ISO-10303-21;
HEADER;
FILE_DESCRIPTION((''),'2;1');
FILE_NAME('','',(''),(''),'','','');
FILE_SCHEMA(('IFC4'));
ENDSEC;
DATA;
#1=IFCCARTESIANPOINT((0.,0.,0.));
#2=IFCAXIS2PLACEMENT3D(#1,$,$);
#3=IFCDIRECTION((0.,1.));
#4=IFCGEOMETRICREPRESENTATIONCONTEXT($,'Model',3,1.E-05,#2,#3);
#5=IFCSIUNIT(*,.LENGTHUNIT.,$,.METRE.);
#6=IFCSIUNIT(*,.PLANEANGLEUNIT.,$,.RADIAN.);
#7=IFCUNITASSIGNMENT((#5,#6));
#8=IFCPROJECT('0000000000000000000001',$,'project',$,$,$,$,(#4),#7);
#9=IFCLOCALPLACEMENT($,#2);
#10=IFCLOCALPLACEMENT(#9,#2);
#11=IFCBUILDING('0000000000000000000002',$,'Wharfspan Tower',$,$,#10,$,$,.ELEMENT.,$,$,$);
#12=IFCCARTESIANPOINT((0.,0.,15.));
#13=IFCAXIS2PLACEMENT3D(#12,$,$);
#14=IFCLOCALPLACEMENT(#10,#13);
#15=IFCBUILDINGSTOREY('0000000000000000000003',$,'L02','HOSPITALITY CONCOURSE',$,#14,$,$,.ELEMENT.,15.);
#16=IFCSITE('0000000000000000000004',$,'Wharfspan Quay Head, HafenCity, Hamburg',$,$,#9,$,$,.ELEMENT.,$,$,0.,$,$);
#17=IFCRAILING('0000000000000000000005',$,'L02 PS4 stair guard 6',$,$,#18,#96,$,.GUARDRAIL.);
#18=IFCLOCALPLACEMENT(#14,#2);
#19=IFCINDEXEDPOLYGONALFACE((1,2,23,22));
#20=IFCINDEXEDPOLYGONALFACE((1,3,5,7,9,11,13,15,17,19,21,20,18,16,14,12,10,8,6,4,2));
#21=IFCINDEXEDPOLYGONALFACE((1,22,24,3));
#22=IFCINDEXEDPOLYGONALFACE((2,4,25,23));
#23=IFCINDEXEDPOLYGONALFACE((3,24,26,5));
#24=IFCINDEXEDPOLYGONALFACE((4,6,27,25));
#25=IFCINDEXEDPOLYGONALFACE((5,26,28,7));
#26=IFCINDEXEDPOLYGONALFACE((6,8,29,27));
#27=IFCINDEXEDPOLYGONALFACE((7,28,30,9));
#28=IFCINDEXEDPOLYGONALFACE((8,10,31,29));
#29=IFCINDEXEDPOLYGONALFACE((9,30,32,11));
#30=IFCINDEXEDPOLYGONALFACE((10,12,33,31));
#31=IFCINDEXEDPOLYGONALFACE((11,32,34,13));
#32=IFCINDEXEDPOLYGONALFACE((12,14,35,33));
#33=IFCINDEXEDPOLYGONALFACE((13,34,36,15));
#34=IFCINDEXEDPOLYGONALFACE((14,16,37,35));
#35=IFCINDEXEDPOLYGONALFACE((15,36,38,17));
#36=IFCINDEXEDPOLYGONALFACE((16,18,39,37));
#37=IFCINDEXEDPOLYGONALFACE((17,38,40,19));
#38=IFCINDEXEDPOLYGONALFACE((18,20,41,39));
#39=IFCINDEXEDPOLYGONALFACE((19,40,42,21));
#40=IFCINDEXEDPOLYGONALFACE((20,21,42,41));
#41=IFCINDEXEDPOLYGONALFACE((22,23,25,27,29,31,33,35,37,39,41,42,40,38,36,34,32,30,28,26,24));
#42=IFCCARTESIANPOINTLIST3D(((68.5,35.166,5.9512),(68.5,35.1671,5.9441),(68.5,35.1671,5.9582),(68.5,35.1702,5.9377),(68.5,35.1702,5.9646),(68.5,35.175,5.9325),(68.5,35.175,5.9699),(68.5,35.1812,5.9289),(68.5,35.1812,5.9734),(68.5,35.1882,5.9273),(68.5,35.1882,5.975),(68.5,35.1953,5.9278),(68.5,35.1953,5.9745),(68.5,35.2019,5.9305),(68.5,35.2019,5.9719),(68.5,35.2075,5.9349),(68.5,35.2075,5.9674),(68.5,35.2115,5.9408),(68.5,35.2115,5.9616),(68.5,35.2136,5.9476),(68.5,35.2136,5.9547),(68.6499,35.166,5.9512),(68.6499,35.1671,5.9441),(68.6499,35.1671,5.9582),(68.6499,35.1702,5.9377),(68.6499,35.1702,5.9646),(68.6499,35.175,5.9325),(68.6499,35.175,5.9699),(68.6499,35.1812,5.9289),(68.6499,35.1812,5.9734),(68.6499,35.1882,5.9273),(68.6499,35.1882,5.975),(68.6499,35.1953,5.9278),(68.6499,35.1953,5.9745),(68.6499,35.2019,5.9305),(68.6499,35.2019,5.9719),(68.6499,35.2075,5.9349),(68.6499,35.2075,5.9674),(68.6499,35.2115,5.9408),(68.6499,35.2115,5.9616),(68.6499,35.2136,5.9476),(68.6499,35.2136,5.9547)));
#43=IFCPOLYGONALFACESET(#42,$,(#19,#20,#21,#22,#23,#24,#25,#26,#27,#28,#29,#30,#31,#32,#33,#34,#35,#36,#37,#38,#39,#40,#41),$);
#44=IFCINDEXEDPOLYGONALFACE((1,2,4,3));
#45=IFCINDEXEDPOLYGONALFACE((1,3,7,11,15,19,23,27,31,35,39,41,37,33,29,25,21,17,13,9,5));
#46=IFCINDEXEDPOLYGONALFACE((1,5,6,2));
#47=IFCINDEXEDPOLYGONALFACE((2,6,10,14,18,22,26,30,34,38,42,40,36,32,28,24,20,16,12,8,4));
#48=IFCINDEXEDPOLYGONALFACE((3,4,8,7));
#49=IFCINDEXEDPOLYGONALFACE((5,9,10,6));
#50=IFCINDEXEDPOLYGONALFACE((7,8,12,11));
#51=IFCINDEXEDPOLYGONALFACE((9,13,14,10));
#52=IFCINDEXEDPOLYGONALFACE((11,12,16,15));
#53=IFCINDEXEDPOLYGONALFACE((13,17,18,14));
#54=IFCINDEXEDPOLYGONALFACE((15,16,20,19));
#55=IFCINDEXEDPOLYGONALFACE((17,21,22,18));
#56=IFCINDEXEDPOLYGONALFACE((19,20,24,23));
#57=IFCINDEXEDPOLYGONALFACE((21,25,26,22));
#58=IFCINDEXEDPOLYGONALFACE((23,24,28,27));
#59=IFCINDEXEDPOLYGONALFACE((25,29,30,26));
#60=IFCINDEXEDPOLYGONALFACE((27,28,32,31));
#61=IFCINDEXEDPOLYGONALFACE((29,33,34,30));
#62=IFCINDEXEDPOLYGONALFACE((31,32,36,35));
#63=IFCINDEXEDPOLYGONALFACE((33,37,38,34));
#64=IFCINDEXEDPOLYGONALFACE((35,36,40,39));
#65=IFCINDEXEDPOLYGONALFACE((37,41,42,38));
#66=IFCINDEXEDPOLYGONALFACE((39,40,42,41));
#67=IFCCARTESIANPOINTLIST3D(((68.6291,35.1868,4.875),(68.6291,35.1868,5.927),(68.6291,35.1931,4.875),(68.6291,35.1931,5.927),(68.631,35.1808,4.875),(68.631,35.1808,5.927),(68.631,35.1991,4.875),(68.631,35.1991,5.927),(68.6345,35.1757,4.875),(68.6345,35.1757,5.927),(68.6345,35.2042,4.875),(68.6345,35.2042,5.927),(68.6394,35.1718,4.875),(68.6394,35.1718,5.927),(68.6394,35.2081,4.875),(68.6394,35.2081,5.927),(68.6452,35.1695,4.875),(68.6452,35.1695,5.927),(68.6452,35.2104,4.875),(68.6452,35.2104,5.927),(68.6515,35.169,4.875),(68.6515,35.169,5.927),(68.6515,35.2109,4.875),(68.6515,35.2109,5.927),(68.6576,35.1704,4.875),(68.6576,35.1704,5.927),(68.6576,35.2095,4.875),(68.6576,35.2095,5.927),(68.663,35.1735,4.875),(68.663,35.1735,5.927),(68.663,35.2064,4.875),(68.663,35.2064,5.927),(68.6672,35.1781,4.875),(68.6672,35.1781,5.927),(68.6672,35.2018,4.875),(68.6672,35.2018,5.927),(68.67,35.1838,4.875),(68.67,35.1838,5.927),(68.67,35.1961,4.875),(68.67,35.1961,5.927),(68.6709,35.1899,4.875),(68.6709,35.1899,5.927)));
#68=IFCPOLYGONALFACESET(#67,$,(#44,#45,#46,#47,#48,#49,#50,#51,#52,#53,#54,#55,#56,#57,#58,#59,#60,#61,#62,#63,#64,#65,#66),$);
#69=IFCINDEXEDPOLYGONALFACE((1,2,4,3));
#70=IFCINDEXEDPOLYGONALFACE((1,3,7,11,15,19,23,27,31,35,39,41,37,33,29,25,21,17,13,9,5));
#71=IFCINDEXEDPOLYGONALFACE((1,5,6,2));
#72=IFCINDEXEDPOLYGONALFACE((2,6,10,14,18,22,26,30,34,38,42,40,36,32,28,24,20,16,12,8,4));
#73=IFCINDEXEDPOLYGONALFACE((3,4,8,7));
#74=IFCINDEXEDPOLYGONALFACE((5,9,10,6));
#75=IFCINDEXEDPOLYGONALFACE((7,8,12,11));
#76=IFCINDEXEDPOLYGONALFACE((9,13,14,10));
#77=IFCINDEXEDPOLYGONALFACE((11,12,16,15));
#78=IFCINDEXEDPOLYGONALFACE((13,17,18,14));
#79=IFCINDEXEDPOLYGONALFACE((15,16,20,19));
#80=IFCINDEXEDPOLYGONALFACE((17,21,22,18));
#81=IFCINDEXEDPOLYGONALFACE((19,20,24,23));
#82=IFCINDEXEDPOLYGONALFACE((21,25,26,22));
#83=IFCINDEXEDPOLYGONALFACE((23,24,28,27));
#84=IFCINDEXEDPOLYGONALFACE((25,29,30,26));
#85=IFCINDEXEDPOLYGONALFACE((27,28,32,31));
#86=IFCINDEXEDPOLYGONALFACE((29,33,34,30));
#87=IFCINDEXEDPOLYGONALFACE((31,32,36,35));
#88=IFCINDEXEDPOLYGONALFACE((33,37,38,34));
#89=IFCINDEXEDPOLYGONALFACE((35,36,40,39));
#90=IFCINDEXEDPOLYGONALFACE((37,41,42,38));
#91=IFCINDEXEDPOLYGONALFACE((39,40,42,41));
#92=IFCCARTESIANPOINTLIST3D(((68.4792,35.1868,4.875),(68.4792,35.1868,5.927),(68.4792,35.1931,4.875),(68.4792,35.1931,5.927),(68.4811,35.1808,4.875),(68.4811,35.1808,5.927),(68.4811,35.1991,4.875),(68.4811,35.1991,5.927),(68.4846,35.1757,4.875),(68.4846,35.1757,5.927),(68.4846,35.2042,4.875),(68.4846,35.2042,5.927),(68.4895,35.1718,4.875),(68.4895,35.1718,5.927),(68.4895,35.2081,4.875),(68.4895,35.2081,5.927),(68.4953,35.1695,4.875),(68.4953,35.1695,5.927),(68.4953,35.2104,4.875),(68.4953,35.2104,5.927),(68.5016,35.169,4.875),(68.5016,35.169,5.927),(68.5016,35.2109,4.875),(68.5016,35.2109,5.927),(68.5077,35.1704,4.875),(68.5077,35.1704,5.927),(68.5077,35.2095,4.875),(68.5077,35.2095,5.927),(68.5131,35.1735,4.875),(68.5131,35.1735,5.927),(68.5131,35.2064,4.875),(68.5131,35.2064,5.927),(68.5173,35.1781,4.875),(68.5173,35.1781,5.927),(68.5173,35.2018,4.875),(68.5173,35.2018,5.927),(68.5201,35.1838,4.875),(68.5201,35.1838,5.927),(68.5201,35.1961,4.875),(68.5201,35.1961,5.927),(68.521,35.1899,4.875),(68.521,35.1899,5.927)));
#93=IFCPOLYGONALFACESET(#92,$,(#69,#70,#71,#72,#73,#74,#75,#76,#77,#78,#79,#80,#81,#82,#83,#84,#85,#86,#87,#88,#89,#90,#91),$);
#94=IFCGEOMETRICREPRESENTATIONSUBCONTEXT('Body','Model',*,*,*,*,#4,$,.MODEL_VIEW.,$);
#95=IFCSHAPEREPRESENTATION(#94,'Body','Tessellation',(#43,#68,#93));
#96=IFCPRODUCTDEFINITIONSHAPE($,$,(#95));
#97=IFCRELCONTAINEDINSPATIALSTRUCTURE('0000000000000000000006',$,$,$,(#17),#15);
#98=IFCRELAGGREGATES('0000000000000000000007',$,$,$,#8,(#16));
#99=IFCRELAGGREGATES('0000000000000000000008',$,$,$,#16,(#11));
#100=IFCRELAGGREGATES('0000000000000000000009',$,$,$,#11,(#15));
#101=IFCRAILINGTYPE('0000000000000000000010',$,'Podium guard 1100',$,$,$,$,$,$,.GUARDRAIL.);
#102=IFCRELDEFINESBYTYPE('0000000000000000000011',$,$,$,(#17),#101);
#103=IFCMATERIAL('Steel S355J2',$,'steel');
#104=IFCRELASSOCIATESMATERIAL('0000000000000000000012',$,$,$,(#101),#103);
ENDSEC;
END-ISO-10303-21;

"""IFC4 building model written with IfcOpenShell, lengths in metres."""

from ifc_helpers import new_model, si_unit, direction, frame, origin, origin_2d, place, context, subcontext, project, spatial, circle, extrude, material, type_object, element, save


model = new_model("IFC4")

# Units and contexts
model_context = context("Model", 3, precision=1e-05, world=origin(), true_north=direction((0.0, 1.0)))
body_context = subcontext(model_context, "Body", "Model", "MODEL_VIEW")
ifc_project = project(units=[si_unit("LENGTHUNIT", "METRE"), si_unit("PLANEANGLEUNIT", "RADIAN")], contexts=[model_context])

# Site, building, storey
site_placement = place(None, origin())
site = spatial("IfcSite", under=ifc_project, at=site_placement, Name="Wharfspan Quay Head, HafenCity, Hamburg", CompositionType="ELEMENT", RefElevation=0.0)
building_placement = place(site_placement, origin())
building = spatial("IfcBuilding", under=site, at=building_placement, Name="Wharfspan Tower", CompositionType="ELEMENT")
storey_placement = place(building_placement, frame((0.0, 0.0, 15.0)))
storey = spatial("IfcBuildingStorey", under=building, at=storey_placement, Name="L02", Description="HOSPITALITY CONCOURSE", CompositionType="ELEMENT", Elevation=15.0)

# Railing
ifc_material_1 = material(Name="Steel S355J2", Category="steel")
railing_type_1 = type_object("IfcRailingType", Name="Podium guard 1100", PredefinedType="GUARDRAIL", material=ifc_material_1)
railing_1_placement = place(storey_placement, frame((68.6499, 35.1899, 4.875)))
element("IfcRailing", 1, at=railing_1_placement, inside=storey, type_object=railing_type_1, Name="L02 PS4 stair guard 6", PredefinedType="GUARDRAIL", context=body_context, shape_type="SweptSolid", body=[
    extrude(circle(Radius=0.0239, at=origin_2d()), frame((0.0, 0.0, 1.0762), z_axis=(-1.0, 0.0, 0.0), x_axis=(0.0, -1.0, 0.0)), (0.0, 0.0, 1.0), 0.1499),
    extrude(circle(Radius=0.021, at=origin_2d()), origin(), (0.0, 0.0, 1.0), 1.052),
    extrude(circle(Radius=0.021, at=origin_2d()), frame((-0.1499, 0.0, 0.0)), (0.0, 0.0, 1.0), 1.052),
])

save(model, "model.ifc")
